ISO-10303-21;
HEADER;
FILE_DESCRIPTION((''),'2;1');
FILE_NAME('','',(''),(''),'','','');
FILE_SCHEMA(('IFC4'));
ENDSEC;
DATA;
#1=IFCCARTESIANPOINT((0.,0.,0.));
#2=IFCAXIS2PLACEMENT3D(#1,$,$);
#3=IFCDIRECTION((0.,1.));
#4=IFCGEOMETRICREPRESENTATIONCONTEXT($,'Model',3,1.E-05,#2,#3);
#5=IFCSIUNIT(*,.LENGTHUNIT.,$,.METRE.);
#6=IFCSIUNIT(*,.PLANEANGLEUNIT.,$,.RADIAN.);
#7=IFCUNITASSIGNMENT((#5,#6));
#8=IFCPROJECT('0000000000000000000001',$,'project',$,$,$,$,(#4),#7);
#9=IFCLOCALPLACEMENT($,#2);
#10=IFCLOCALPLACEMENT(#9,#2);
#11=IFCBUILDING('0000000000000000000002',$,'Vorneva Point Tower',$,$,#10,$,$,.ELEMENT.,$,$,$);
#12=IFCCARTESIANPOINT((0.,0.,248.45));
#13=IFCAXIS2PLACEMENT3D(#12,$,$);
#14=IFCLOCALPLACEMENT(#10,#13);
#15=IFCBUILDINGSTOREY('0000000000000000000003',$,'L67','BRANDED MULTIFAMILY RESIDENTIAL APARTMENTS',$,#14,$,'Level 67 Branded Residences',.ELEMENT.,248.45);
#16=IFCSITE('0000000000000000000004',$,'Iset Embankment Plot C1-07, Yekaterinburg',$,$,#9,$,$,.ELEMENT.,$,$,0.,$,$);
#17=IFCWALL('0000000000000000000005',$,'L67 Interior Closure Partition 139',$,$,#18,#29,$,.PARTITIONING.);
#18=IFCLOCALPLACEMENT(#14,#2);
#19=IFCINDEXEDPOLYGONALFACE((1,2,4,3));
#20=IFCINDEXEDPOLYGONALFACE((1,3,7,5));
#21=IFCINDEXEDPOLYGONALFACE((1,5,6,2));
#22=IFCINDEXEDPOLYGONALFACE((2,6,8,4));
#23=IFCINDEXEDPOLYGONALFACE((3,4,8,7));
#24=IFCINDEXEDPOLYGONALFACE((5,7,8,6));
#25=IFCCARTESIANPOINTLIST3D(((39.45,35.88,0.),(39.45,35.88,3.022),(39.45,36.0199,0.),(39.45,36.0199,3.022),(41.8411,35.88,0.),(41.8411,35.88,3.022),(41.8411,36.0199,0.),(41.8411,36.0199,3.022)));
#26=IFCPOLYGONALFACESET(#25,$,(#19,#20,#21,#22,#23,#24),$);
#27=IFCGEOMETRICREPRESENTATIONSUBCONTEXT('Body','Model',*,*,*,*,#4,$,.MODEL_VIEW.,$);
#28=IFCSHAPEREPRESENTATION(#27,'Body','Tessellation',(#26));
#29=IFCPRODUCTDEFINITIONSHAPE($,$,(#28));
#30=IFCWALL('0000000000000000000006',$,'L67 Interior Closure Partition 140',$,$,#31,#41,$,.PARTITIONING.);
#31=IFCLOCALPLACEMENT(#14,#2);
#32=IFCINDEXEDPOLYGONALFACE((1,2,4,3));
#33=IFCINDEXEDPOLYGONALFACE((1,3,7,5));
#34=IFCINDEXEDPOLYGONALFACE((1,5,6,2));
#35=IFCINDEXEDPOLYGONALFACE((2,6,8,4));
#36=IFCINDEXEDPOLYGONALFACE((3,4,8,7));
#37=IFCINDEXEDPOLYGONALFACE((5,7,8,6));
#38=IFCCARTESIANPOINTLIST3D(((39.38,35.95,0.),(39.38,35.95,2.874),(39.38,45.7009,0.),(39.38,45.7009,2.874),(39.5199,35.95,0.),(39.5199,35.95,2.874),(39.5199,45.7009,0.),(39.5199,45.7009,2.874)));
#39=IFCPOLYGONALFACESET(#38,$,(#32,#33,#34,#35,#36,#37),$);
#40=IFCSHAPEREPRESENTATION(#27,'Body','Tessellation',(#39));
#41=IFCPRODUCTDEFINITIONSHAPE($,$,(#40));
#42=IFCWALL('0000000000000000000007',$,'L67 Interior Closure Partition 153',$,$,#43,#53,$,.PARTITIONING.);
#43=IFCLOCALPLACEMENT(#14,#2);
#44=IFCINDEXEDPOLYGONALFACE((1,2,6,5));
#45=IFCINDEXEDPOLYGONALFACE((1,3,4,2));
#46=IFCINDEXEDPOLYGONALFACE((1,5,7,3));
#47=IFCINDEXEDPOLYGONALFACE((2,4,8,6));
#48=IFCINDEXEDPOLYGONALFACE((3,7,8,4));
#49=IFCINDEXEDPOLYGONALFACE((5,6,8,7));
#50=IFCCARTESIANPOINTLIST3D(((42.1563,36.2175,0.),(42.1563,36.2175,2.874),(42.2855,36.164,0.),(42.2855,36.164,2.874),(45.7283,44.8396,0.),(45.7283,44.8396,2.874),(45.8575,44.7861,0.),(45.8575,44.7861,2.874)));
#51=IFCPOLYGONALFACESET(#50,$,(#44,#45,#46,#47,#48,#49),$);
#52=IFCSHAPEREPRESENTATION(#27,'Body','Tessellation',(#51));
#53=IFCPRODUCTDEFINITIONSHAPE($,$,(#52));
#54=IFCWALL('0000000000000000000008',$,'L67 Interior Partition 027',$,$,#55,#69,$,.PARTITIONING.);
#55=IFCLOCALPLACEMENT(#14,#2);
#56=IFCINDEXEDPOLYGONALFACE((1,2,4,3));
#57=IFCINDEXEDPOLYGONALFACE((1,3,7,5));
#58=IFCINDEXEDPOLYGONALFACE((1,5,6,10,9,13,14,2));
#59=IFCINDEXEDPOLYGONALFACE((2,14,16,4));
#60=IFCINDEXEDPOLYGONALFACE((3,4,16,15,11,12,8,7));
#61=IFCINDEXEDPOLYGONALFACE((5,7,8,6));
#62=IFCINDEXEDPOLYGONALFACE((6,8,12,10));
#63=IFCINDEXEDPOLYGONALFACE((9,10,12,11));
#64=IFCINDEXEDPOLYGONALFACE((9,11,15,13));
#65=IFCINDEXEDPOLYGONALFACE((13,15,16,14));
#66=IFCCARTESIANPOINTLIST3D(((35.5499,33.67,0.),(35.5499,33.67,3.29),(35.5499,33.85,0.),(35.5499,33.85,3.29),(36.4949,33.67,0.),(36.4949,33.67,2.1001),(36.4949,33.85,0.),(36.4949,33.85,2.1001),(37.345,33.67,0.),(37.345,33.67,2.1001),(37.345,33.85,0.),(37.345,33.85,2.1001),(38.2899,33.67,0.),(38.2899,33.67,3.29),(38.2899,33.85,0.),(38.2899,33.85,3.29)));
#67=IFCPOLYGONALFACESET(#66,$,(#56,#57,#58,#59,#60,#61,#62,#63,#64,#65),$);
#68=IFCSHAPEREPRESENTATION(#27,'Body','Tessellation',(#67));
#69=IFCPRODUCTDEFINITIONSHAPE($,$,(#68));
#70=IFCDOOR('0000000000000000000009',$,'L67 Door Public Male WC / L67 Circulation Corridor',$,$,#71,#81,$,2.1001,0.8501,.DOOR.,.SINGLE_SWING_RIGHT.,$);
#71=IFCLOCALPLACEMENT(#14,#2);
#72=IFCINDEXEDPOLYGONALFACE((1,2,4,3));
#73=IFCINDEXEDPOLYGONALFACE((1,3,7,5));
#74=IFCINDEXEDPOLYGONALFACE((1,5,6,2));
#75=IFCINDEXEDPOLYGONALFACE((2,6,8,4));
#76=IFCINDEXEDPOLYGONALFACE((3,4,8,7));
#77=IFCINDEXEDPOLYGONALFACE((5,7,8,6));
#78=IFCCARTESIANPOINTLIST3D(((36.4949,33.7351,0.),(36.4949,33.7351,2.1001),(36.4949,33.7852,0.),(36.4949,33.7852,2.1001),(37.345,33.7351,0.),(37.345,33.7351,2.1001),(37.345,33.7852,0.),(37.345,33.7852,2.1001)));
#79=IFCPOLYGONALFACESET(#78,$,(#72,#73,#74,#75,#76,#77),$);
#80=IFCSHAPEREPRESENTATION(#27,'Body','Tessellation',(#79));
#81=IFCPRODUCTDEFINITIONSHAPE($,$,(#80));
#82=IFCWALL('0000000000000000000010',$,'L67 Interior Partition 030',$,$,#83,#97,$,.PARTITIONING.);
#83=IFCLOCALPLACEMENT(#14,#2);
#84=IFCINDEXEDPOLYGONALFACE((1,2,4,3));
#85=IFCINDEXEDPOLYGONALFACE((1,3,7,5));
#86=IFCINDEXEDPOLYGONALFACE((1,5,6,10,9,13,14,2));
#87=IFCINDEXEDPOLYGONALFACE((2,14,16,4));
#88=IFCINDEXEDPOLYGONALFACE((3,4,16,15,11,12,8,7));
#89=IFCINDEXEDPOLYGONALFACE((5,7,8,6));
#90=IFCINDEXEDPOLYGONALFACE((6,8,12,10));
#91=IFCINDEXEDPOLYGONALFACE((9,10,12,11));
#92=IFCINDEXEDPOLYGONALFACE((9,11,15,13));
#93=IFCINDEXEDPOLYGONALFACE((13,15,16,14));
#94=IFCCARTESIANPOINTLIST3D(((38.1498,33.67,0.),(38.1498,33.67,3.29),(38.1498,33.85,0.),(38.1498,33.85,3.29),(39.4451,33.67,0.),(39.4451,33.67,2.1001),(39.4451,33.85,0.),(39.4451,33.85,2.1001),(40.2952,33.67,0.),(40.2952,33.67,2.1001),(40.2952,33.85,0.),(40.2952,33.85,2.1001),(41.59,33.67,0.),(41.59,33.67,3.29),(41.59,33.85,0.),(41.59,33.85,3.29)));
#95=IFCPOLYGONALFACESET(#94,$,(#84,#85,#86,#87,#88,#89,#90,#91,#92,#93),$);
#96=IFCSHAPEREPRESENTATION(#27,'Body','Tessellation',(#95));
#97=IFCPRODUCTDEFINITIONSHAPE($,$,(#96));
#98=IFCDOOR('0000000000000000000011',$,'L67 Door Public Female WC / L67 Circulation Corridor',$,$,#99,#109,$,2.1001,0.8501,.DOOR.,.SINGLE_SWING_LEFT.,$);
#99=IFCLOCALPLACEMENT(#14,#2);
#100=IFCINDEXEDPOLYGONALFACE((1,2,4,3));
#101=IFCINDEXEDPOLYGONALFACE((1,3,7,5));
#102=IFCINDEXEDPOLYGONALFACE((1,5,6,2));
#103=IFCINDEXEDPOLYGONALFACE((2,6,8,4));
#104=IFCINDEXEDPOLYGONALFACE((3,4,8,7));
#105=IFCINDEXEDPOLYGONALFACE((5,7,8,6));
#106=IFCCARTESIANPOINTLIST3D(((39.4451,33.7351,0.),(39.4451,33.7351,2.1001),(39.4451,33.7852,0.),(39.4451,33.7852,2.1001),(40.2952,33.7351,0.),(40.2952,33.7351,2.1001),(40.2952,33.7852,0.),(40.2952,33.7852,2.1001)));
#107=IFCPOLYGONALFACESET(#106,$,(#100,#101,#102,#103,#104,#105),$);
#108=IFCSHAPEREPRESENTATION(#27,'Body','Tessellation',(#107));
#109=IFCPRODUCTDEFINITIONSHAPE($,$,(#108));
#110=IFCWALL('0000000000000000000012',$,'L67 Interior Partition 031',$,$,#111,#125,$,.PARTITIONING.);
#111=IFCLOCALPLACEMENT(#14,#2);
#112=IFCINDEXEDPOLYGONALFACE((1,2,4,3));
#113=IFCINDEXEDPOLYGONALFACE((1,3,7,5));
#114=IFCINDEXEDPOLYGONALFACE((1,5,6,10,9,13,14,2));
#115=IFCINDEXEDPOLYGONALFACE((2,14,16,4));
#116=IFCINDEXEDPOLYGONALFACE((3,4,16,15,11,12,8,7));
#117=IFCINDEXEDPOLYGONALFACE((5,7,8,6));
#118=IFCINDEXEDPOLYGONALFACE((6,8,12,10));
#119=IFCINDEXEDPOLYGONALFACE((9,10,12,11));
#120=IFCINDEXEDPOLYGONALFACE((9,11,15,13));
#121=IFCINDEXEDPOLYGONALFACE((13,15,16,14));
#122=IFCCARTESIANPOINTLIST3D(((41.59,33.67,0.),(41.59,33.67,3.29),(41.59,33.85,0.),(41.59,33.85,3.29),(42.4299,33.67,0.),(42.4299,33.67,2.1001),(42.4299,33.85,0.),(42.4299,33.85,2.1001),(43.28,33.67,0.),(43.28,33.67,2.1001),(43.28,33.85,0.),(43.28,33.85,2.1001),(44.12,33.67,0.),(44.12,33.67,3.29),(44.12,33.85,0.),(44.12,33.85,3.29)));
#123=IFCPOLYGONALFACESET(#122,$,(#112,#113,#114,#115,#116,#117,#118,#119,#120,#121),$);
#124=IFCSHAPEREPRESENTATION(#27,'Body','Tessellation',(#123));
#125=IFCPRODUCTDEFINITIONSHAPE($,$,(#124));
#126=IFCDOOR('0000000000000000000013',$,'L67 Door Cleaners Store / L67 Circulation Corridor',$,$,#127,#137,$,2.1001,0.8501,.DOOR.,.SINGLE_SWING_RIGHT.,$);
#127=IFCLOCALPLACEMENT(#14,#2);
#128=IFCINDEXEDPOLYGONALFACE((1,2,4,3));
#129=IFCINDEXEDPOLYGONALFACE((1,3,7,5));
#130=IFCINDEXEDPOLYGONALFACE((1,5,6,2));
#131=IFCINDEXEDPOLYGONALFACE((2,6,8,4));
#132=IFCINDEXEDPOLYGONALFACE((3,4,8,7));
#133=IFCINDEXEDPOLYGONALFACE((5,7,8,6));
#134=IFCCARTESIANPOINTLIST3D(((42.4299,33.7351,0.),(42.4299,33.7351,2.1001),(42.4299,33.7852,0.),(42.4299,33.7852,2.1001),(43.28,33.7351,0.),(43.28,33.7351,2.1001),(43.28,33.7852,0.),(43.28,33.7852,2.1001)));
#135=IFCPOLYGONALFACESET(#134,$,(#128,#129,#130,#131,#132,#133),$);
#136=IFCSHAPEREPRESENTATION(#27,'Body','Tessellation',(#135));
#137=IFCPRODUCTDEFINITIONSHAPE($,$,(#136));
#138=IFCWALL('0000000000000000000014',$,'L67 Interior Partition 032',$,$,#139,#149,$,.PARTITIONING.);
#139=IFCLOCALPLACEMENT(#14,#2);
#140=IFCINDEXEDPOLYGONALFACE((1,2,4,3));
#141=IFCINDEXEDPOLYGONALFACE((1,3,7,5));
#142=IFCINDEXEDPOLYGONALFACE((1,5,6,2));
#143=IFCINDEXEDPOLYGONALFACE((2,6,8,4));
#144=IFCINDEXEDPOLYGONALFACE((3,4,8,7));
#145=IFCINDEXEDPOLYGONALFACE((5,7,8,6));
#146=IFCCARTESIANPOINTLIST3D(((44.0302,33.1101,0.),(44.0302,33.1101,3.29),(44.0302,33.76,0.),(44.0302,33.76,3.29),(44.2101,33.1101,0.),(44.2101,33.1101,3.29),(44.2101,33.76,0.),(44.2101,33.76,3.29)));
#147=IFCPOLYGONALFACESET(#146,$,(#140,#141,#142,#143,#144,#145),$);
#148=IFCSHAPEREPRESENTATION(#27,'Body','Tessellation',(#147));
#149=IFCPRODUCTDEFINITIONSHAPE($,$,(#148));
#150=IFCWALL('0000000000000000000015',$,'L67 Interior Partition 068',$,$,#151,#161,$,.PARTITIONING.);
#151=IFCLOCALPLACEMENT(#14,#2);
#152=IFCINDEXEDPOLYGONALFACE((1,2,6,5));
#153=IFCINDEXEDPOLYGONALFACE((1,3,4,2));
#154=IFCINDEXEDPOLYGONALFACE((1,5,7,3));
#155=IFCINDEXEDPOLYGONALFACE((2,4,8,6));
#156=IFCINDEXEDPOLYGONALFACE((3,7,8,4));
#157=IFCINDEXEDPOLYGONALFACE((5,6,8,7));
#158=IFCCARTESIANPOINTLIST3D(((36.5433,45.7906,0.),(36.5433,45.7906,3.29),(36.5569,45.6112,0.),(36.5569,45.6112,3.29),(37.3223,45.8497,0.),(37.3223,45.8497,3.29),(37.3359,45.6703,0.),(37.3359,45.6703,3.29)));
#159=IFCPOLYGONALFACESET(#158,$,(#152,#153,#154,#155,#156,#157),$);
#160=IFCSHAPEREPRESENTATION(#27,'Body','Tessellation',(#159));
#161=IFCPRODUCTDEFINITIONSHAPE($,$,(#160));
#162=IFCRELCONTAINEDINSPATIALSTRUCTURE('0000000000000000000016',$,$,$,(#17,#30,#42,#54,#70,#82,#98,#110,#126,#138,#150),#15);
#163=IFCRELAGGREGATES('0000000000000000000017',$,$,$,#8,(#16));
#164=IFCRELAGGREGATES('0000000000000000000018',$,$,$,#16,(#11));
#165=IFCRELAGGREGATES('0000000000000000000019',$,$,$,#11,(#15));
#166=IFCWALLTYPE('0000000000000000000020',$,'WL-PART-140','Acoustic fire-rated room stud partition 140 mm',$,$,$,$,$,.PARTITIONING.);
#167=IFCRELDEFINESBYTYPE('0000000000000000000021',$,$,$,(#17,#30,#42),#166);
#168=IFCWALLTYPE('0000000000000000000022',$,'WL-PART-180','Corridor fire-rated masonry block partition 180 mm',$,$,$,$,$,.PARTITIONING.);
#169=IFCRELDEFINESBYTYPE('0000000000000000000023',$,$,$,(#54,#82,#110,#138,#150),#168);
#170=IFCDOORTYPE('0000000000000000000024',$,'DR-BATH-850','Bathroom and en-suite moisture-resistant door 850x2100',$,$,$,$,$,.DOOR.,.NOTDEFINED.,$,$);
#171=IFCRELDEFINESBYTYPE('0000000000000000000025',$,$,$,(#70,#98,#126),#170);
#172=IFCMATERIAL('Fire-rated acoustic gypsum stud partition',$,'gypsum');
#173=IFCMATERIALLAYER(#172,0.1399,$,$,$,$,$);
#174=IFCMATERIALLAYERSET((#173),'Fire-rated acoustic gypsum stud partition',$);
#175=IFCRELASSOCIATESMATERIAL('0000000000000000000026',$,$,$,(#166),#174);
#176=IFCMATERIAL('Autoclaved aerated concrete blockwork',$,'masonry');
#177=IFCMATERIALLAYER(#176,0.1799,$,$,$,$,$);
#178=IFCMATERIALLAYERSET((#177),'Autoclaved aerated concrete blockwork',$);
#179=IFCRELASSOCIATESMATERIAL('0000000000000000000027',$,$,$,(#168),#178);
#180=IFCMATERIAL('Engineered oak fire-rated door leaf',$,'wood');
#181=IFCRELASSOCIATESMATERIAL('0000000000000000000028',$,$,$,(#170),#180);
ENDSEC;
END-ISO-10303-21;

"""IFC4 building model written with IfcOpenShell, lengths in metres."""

from ifc_helpers import new_model, si_unit, direction, frame, frame_2d, origin, place, context, subcontext, project, spatial, rectangle, extrude, material, layer, layer_set, type_object, element, fill, save


model = new_model("IFC4")

# Units and contexts
model_context = context("Model", 3, precision=1e-05, world=origin(), true_north=direction((0.0, 1.0)))
body_context = subcontext(model_context, "Body", "Model", "MODEL_VIEW")
ifc_project = project(units=[si_unit("LENGTHUNIT", "METRE"), si_unit("PLANEANGLEUNIT", "RADIAN")], contexts=[model_context])

# Site, building, storey
site_placement = place(None, origin())
site = spatial("IfcSite", under=ifc_project, at=site_placement, Name="Iset Embankment Plot C1-07, Yekaterinburg", CompositionType="ELEMENT", RefElevation=0.0)
building_placement = place(site_placement, origin())
building = spatial("IfcBuilding", under=site, at=building_placement, Name="Vorneva Point Tower", CompositionType="ELEMENT")
storey_placement = place(building_placement, frame((0.0, 0.0, 248.45)))
storey = spatial("IfcBuildingStorey", under=building, at=storey_placement, Name="L67", Description="BRANDED MULTIFAMILY RESIDENTIAL APARTMENTS", LongName="Level 67 Branded Residences", CompositionType="ELEMENT", Elevation=248.45)

# Walls
ifc_material_1 = material(Name="Fire-rated acoustic gypsum stud partition", Category="gypsum")
ifc_layer_1 = layer(ifc_material_1, 0.1399)
ifc_layer_set_1 = layer_set([ifc_layer_1], Name="Fire-rated acoustic gypsum stud partition")
wall_type_1 = type_object("IfcWallType", Name="WL-PART-140", Description="Acoustic fire-rated room stud partition 140 mm", PredefinedType="PARTITIONING", material=ifc_layer_set_1)
wall_1_placement = place(storey_placement, frame((41.8411, 35.95, 0.0), z_axis=(0.0, 0.0, 1.0), x_axis=(-1.0, 0.0, 0.0)))
element("IfcWall", 1, at=wall_1_placement, inside=storey, type_object=wall_type_1, Name="L67 Interior Closure Partition 139", PredefinedType="PARTITIONING", context=body_context, shape_type="SweptSolid", body=[
    extrude(rectangle(XDim=2.3911, YDim=0.1399, at=frame_2d((1.1956, 0.0))), origin(), (0.0, 0.0, 1.0), 3.022),
])
wall_2_placement = place(storey_placement, frame((39.45, 35.95, 0.0), z_axis=(0.0, 0.0, 1.0), x_axis=(0.0, 1.0, 0.0)))
element("IfcWall", 2, at=wall_2_placement, inside=storey, type_object=wall_type_1, Name="L67 Interior Closure Partition 140", PredefinedType="PARTITIONING", context=body_context, shape_type="SweptSolid", body=[
    extrude(rectangle(XDim=9.751, YDim=0.1399, at=frame_2d((4.8755, 0.0))), origin(), (0.0, 0.0, 1.0), 2.874),
])
wall_3_placement = place(storey_placement, frame((45.793, 44.813, 0.0), z_axis=(0.0, 0.0, 1.0), x_axis=(-0.382742, -0.923855, 0.0)))
element("IfcWall", 3, at=wall_3_placement, inside=storey, type_object=wall_type_1, Name="L67 Interior Closure Partition 153", PredefinedType="PARTITIONING", context=body_context, shape_type="SweptSolid", body=[
    extrude(rectangle(XDim=9.3328, YDim=0.1399, at=frame_2d((4.6665, 0.0))), origin(), (0.0, 0.0, 1.0), 2.874),
])

# Walls, openings, doors
ifc_material_2 = material(Name="Autoclaved aerated concrete blockwork", Category="masonry")
ifc_layer_2 = layer(ifc_material_2, 0.1799)
ifc_layer_set_2 = layer_set([ifc_layer_2], Name="Autoclaved aerated concrete blockwork")
wall_type_2 = type_object("IfcWallType", Name="WL-PART-180", Description="Corridor fire-rated masonry block partition 180 mm", PredefinedType="PARTITIONING", material=ifc_layer_set_2)
wall_4_placement = place(storey_placement, frame((38.29, 33.76, 0.0), z_axis=(0.0, 0.0, 1.0), x_axis=(-1.0, 0.0, 0.0)))
wall_4 = element("IfcWall", 4, at=wall_4_placement, inside=storey, type_object=wall_type_2, Name="L67 Interior Partition 027", PredefinedType="PARTITIONING", context=body_context, shape_type="SweptSolid", body=[
    extrude(rectangle(XDim=2.74, YDim=0.1799, at=frame_2d((1.3701, 0.0))), origin(), (0.0, 0.0, 1.0), 3.29),
])
opening_1_placement = place(wall_4_placement, frame((0.9451, 0.0, 0.0)))
opening_1 = element("IfcOpeningElement", 5, at=opening_1_placement, cuts=wall_4, PredefinedType="OPENING", context=body_context, shape_type="SweptSolid", body=[
    extrude(rectangle(XDim=0.8501, YDim=2.1001, at=frame_2d((0.425, 1.05))), frame((0.0, 0.105, 0.0), z_axis=(0.0, -1.0, 0.0), x_axis=(1.0, 0.0, 0.0)), (0.0, 0.0, 1.0), 0.2097),
])
ifc_material_3 = material(Name="Engineered oak fire-rated door leaf", Category="wood")
door_type_1 = type_object("IfcDoorType", Name="DR-BATH-850", Description="Bathroom and en-suite moisture-resistant door 850x2100", OperationType="NOTDEFINED", PredefinedType="DOOR", material=ifc_material_3)
door_1_placement = place(opening_1_placement, origin())
door_1 = element("IfcDoor", 6, at=door_1_placement, inside=storey, type_object=door_type_1, Name="L67 Door Public Male WC / L67 Circulation Corridor", OperationType="SINGLE_SWING_RIGHT", OverallHeight=2.1001, OverallWidth=0.8501, PredefinedType="DOOR", context=body_context, shape_type="SweptSolid", body=[
    extrude(rectangle(XDim=0.8501, YDim=2.1001, at=frame_2d((0.425, 1.05))), frame((0.0, 0.0249, 0.0), z_axis=(0.0, -1.0, 0.0), x_axis=(1.0, 0.0, 0.0)), (0.0, 0.0, 1.0), 0.05),
])
fill(opening_1, door_1)
wall_5_placement = place(storey_placement, frame((41.5901, 33.76, 0.0), z_axis=(0.0, 0.0, 1.0), x_axis=(-1.0, 0.0, 0.0)))
wall_5 = element("IfcWall", 7, at=wall_5_placement, inside=storey, type_object=wall_type_2, Name="L67 Interior Partition 030", PredefinedType="PARTITIONING", context=body_context, shape_type="SweptSolid", body=[
    extrude(rectangle(XDim=3.4402, YDim=0.1799, at=frame_2d((1.7202, 0.0))), origin(), (0.0, 0.0, 1.0), 3.29),
])
opening_2_placement = place(wall_5_placement, frame((1.2949, 0.0, 0.0)))
opening_2 = element("IfcOpeningElement", 8, at=opening_2_placement, cuts=wall_5, PredefinedType="OPENING", context=body_context, shape_type="SweptSolid", body=[
    extrude(rectangle(XDim=0.8501, YDim=2.1001, at=frame_2d((0.425, 1.05))), frame((0.0, 0.105, 0.0), z_axis=(0.0, -1.0, 0.0), x_axis=(1.0, 0.0, 0.0)), (0.0, 0.0, 1.0), 0.2097),
])
door_2_placement = place(opening_2_placement, origin())
door_2 = element("IfcDoor", 9, at=door_2_placement, inside=storey, type_object=door_type_1, Name="L67 Door Public Female WC / L67 Circulation Corridor", OperationType="SINGLE_SWING_LEFT", OverallHeight=2.1001, OverallWidth=0.8501, PredefinedType="DOOR", context=body_context, shape_type="SweptSolid", body=[
    extrude(rectangle(XDim=0.8501, YDim=2.1001, at=frame_2d((0.425, 1.05))), frame((0.0, 0.0249, 0.0), z_axis=(0.0, -1.0, 0.0), x_axis=(1.0, 0.0, 0.0)), (0.0, 0.0, 1.0), 0.05),
])
fill(opening_2, door_2)
wall_6_placement = place(storey_placement, frame((44.1201, 33.76, 0.0), z_axis=(0.0, 0.0, 1.0), x_axis=(-1.0, 0.0, 0.0)))
wall_6 = element("IfcWall", 10, at=wall_6_placement, inside=storey, type_object=wall_type_2, Name="L67 Interior Partition 031", PredefinedType="PARTITIONING", context=body_context, shape_type="SweptSolid", body=[
    extrude(rectangle(XDim=2.53, YDim=0.1799, at=frame_2d((1.2651, 0.0))), origin(), (0.0, 0.0, 1.0), 3.29),
])
opening_3_placement = place(wall_6_placement, frame((0.8401, 0.0, 0.0)))
opening_3 = element("IfcOpeningElement", 11, at=opening_3_placement, cuts=wall_6, PredefinedType="OPENING", context=body_context, shape_type="SweptSolid", body=[
    extrude(rectangle(XDim=0.8501, YDim=2.1001, at=frame_2d((0.425, 1.05))), frame((0.0, 0.105, 0.0), z_axis=(0.0, -1.0, 0.0), x_axis=(1.0, 0.0, 0.0)), (0.0, 0.0, 1.0), 0.2097),
])
door_3_placement = place(opening_3_placement, origin())
door_3 = element("IfcDoor", 12, at=door_3_placement, inside=storey, type_object=door_type_1, Name="L67 Door Cleaners Store / L67 Circulation Corridor", OperationType="SINGLE_SWING_RIGHT", OverallHeight=2.1001, OverallWidth=0.8501, PredefinedType="DOOR", context=body_context, shape_type="SweptSolid", body=[
    extrude(rectangle(XDim=0.8501, YDim=2.1001, at=frame_2d((0.425, 1.05))), frame((0.0, 0.0249, 0.0), z_axis=(0.0, -1.0, 0.0), x_axis=(1.0, 0.0, 0.0)), (0.0, 0.0, 1.0), 0.05),
])
fill(opening_3, door_3)

# Walls
wall_7_placement = place(storey_placement, frame((44.1201, 33.1101, 0.0), z_axis=(0.0, 0.0, 1.0), x_axis=(0.0, 1.0, 0.0)))
element("IfcWall", 13, at=wall_7_placement, inside=storey, type_object=wall_type_2, Name="L67 Interior Partition 032", PredefinedType="PARTITIONING", context=body_context, shape_type="SweptSolid", body=[
    extrude(rectangle(XDim=0.6499, YDim=0.1799, at=frame_2d((0.325, 0.0))), origin(), (0.0, 0.0, 1.0), 3.29),
])
wall_8_placement = place(storey_placement, frame((37.3291, 45.76, 0.0), z_axis=(0.0, 0.0, 1.0), x_axis=(-0.997137, -0.075621, 0.0)))
element("IfcWall", 14, at=wall_8_placement, inside=storey, type_object=wall_type_2, Name="L67 Interior Partition 068", PredefinedType="PARTITIONING", context=body_context, shape_type="SweptSolid", body=[
    extrude(rectangle(XDim=0.7812, YDim=0.1799, at=frame_2d((0.3906, 0.0))), origin(), (0.0, 0.0, 1.0), 3.29),
])

save(model, "model.ifc")
